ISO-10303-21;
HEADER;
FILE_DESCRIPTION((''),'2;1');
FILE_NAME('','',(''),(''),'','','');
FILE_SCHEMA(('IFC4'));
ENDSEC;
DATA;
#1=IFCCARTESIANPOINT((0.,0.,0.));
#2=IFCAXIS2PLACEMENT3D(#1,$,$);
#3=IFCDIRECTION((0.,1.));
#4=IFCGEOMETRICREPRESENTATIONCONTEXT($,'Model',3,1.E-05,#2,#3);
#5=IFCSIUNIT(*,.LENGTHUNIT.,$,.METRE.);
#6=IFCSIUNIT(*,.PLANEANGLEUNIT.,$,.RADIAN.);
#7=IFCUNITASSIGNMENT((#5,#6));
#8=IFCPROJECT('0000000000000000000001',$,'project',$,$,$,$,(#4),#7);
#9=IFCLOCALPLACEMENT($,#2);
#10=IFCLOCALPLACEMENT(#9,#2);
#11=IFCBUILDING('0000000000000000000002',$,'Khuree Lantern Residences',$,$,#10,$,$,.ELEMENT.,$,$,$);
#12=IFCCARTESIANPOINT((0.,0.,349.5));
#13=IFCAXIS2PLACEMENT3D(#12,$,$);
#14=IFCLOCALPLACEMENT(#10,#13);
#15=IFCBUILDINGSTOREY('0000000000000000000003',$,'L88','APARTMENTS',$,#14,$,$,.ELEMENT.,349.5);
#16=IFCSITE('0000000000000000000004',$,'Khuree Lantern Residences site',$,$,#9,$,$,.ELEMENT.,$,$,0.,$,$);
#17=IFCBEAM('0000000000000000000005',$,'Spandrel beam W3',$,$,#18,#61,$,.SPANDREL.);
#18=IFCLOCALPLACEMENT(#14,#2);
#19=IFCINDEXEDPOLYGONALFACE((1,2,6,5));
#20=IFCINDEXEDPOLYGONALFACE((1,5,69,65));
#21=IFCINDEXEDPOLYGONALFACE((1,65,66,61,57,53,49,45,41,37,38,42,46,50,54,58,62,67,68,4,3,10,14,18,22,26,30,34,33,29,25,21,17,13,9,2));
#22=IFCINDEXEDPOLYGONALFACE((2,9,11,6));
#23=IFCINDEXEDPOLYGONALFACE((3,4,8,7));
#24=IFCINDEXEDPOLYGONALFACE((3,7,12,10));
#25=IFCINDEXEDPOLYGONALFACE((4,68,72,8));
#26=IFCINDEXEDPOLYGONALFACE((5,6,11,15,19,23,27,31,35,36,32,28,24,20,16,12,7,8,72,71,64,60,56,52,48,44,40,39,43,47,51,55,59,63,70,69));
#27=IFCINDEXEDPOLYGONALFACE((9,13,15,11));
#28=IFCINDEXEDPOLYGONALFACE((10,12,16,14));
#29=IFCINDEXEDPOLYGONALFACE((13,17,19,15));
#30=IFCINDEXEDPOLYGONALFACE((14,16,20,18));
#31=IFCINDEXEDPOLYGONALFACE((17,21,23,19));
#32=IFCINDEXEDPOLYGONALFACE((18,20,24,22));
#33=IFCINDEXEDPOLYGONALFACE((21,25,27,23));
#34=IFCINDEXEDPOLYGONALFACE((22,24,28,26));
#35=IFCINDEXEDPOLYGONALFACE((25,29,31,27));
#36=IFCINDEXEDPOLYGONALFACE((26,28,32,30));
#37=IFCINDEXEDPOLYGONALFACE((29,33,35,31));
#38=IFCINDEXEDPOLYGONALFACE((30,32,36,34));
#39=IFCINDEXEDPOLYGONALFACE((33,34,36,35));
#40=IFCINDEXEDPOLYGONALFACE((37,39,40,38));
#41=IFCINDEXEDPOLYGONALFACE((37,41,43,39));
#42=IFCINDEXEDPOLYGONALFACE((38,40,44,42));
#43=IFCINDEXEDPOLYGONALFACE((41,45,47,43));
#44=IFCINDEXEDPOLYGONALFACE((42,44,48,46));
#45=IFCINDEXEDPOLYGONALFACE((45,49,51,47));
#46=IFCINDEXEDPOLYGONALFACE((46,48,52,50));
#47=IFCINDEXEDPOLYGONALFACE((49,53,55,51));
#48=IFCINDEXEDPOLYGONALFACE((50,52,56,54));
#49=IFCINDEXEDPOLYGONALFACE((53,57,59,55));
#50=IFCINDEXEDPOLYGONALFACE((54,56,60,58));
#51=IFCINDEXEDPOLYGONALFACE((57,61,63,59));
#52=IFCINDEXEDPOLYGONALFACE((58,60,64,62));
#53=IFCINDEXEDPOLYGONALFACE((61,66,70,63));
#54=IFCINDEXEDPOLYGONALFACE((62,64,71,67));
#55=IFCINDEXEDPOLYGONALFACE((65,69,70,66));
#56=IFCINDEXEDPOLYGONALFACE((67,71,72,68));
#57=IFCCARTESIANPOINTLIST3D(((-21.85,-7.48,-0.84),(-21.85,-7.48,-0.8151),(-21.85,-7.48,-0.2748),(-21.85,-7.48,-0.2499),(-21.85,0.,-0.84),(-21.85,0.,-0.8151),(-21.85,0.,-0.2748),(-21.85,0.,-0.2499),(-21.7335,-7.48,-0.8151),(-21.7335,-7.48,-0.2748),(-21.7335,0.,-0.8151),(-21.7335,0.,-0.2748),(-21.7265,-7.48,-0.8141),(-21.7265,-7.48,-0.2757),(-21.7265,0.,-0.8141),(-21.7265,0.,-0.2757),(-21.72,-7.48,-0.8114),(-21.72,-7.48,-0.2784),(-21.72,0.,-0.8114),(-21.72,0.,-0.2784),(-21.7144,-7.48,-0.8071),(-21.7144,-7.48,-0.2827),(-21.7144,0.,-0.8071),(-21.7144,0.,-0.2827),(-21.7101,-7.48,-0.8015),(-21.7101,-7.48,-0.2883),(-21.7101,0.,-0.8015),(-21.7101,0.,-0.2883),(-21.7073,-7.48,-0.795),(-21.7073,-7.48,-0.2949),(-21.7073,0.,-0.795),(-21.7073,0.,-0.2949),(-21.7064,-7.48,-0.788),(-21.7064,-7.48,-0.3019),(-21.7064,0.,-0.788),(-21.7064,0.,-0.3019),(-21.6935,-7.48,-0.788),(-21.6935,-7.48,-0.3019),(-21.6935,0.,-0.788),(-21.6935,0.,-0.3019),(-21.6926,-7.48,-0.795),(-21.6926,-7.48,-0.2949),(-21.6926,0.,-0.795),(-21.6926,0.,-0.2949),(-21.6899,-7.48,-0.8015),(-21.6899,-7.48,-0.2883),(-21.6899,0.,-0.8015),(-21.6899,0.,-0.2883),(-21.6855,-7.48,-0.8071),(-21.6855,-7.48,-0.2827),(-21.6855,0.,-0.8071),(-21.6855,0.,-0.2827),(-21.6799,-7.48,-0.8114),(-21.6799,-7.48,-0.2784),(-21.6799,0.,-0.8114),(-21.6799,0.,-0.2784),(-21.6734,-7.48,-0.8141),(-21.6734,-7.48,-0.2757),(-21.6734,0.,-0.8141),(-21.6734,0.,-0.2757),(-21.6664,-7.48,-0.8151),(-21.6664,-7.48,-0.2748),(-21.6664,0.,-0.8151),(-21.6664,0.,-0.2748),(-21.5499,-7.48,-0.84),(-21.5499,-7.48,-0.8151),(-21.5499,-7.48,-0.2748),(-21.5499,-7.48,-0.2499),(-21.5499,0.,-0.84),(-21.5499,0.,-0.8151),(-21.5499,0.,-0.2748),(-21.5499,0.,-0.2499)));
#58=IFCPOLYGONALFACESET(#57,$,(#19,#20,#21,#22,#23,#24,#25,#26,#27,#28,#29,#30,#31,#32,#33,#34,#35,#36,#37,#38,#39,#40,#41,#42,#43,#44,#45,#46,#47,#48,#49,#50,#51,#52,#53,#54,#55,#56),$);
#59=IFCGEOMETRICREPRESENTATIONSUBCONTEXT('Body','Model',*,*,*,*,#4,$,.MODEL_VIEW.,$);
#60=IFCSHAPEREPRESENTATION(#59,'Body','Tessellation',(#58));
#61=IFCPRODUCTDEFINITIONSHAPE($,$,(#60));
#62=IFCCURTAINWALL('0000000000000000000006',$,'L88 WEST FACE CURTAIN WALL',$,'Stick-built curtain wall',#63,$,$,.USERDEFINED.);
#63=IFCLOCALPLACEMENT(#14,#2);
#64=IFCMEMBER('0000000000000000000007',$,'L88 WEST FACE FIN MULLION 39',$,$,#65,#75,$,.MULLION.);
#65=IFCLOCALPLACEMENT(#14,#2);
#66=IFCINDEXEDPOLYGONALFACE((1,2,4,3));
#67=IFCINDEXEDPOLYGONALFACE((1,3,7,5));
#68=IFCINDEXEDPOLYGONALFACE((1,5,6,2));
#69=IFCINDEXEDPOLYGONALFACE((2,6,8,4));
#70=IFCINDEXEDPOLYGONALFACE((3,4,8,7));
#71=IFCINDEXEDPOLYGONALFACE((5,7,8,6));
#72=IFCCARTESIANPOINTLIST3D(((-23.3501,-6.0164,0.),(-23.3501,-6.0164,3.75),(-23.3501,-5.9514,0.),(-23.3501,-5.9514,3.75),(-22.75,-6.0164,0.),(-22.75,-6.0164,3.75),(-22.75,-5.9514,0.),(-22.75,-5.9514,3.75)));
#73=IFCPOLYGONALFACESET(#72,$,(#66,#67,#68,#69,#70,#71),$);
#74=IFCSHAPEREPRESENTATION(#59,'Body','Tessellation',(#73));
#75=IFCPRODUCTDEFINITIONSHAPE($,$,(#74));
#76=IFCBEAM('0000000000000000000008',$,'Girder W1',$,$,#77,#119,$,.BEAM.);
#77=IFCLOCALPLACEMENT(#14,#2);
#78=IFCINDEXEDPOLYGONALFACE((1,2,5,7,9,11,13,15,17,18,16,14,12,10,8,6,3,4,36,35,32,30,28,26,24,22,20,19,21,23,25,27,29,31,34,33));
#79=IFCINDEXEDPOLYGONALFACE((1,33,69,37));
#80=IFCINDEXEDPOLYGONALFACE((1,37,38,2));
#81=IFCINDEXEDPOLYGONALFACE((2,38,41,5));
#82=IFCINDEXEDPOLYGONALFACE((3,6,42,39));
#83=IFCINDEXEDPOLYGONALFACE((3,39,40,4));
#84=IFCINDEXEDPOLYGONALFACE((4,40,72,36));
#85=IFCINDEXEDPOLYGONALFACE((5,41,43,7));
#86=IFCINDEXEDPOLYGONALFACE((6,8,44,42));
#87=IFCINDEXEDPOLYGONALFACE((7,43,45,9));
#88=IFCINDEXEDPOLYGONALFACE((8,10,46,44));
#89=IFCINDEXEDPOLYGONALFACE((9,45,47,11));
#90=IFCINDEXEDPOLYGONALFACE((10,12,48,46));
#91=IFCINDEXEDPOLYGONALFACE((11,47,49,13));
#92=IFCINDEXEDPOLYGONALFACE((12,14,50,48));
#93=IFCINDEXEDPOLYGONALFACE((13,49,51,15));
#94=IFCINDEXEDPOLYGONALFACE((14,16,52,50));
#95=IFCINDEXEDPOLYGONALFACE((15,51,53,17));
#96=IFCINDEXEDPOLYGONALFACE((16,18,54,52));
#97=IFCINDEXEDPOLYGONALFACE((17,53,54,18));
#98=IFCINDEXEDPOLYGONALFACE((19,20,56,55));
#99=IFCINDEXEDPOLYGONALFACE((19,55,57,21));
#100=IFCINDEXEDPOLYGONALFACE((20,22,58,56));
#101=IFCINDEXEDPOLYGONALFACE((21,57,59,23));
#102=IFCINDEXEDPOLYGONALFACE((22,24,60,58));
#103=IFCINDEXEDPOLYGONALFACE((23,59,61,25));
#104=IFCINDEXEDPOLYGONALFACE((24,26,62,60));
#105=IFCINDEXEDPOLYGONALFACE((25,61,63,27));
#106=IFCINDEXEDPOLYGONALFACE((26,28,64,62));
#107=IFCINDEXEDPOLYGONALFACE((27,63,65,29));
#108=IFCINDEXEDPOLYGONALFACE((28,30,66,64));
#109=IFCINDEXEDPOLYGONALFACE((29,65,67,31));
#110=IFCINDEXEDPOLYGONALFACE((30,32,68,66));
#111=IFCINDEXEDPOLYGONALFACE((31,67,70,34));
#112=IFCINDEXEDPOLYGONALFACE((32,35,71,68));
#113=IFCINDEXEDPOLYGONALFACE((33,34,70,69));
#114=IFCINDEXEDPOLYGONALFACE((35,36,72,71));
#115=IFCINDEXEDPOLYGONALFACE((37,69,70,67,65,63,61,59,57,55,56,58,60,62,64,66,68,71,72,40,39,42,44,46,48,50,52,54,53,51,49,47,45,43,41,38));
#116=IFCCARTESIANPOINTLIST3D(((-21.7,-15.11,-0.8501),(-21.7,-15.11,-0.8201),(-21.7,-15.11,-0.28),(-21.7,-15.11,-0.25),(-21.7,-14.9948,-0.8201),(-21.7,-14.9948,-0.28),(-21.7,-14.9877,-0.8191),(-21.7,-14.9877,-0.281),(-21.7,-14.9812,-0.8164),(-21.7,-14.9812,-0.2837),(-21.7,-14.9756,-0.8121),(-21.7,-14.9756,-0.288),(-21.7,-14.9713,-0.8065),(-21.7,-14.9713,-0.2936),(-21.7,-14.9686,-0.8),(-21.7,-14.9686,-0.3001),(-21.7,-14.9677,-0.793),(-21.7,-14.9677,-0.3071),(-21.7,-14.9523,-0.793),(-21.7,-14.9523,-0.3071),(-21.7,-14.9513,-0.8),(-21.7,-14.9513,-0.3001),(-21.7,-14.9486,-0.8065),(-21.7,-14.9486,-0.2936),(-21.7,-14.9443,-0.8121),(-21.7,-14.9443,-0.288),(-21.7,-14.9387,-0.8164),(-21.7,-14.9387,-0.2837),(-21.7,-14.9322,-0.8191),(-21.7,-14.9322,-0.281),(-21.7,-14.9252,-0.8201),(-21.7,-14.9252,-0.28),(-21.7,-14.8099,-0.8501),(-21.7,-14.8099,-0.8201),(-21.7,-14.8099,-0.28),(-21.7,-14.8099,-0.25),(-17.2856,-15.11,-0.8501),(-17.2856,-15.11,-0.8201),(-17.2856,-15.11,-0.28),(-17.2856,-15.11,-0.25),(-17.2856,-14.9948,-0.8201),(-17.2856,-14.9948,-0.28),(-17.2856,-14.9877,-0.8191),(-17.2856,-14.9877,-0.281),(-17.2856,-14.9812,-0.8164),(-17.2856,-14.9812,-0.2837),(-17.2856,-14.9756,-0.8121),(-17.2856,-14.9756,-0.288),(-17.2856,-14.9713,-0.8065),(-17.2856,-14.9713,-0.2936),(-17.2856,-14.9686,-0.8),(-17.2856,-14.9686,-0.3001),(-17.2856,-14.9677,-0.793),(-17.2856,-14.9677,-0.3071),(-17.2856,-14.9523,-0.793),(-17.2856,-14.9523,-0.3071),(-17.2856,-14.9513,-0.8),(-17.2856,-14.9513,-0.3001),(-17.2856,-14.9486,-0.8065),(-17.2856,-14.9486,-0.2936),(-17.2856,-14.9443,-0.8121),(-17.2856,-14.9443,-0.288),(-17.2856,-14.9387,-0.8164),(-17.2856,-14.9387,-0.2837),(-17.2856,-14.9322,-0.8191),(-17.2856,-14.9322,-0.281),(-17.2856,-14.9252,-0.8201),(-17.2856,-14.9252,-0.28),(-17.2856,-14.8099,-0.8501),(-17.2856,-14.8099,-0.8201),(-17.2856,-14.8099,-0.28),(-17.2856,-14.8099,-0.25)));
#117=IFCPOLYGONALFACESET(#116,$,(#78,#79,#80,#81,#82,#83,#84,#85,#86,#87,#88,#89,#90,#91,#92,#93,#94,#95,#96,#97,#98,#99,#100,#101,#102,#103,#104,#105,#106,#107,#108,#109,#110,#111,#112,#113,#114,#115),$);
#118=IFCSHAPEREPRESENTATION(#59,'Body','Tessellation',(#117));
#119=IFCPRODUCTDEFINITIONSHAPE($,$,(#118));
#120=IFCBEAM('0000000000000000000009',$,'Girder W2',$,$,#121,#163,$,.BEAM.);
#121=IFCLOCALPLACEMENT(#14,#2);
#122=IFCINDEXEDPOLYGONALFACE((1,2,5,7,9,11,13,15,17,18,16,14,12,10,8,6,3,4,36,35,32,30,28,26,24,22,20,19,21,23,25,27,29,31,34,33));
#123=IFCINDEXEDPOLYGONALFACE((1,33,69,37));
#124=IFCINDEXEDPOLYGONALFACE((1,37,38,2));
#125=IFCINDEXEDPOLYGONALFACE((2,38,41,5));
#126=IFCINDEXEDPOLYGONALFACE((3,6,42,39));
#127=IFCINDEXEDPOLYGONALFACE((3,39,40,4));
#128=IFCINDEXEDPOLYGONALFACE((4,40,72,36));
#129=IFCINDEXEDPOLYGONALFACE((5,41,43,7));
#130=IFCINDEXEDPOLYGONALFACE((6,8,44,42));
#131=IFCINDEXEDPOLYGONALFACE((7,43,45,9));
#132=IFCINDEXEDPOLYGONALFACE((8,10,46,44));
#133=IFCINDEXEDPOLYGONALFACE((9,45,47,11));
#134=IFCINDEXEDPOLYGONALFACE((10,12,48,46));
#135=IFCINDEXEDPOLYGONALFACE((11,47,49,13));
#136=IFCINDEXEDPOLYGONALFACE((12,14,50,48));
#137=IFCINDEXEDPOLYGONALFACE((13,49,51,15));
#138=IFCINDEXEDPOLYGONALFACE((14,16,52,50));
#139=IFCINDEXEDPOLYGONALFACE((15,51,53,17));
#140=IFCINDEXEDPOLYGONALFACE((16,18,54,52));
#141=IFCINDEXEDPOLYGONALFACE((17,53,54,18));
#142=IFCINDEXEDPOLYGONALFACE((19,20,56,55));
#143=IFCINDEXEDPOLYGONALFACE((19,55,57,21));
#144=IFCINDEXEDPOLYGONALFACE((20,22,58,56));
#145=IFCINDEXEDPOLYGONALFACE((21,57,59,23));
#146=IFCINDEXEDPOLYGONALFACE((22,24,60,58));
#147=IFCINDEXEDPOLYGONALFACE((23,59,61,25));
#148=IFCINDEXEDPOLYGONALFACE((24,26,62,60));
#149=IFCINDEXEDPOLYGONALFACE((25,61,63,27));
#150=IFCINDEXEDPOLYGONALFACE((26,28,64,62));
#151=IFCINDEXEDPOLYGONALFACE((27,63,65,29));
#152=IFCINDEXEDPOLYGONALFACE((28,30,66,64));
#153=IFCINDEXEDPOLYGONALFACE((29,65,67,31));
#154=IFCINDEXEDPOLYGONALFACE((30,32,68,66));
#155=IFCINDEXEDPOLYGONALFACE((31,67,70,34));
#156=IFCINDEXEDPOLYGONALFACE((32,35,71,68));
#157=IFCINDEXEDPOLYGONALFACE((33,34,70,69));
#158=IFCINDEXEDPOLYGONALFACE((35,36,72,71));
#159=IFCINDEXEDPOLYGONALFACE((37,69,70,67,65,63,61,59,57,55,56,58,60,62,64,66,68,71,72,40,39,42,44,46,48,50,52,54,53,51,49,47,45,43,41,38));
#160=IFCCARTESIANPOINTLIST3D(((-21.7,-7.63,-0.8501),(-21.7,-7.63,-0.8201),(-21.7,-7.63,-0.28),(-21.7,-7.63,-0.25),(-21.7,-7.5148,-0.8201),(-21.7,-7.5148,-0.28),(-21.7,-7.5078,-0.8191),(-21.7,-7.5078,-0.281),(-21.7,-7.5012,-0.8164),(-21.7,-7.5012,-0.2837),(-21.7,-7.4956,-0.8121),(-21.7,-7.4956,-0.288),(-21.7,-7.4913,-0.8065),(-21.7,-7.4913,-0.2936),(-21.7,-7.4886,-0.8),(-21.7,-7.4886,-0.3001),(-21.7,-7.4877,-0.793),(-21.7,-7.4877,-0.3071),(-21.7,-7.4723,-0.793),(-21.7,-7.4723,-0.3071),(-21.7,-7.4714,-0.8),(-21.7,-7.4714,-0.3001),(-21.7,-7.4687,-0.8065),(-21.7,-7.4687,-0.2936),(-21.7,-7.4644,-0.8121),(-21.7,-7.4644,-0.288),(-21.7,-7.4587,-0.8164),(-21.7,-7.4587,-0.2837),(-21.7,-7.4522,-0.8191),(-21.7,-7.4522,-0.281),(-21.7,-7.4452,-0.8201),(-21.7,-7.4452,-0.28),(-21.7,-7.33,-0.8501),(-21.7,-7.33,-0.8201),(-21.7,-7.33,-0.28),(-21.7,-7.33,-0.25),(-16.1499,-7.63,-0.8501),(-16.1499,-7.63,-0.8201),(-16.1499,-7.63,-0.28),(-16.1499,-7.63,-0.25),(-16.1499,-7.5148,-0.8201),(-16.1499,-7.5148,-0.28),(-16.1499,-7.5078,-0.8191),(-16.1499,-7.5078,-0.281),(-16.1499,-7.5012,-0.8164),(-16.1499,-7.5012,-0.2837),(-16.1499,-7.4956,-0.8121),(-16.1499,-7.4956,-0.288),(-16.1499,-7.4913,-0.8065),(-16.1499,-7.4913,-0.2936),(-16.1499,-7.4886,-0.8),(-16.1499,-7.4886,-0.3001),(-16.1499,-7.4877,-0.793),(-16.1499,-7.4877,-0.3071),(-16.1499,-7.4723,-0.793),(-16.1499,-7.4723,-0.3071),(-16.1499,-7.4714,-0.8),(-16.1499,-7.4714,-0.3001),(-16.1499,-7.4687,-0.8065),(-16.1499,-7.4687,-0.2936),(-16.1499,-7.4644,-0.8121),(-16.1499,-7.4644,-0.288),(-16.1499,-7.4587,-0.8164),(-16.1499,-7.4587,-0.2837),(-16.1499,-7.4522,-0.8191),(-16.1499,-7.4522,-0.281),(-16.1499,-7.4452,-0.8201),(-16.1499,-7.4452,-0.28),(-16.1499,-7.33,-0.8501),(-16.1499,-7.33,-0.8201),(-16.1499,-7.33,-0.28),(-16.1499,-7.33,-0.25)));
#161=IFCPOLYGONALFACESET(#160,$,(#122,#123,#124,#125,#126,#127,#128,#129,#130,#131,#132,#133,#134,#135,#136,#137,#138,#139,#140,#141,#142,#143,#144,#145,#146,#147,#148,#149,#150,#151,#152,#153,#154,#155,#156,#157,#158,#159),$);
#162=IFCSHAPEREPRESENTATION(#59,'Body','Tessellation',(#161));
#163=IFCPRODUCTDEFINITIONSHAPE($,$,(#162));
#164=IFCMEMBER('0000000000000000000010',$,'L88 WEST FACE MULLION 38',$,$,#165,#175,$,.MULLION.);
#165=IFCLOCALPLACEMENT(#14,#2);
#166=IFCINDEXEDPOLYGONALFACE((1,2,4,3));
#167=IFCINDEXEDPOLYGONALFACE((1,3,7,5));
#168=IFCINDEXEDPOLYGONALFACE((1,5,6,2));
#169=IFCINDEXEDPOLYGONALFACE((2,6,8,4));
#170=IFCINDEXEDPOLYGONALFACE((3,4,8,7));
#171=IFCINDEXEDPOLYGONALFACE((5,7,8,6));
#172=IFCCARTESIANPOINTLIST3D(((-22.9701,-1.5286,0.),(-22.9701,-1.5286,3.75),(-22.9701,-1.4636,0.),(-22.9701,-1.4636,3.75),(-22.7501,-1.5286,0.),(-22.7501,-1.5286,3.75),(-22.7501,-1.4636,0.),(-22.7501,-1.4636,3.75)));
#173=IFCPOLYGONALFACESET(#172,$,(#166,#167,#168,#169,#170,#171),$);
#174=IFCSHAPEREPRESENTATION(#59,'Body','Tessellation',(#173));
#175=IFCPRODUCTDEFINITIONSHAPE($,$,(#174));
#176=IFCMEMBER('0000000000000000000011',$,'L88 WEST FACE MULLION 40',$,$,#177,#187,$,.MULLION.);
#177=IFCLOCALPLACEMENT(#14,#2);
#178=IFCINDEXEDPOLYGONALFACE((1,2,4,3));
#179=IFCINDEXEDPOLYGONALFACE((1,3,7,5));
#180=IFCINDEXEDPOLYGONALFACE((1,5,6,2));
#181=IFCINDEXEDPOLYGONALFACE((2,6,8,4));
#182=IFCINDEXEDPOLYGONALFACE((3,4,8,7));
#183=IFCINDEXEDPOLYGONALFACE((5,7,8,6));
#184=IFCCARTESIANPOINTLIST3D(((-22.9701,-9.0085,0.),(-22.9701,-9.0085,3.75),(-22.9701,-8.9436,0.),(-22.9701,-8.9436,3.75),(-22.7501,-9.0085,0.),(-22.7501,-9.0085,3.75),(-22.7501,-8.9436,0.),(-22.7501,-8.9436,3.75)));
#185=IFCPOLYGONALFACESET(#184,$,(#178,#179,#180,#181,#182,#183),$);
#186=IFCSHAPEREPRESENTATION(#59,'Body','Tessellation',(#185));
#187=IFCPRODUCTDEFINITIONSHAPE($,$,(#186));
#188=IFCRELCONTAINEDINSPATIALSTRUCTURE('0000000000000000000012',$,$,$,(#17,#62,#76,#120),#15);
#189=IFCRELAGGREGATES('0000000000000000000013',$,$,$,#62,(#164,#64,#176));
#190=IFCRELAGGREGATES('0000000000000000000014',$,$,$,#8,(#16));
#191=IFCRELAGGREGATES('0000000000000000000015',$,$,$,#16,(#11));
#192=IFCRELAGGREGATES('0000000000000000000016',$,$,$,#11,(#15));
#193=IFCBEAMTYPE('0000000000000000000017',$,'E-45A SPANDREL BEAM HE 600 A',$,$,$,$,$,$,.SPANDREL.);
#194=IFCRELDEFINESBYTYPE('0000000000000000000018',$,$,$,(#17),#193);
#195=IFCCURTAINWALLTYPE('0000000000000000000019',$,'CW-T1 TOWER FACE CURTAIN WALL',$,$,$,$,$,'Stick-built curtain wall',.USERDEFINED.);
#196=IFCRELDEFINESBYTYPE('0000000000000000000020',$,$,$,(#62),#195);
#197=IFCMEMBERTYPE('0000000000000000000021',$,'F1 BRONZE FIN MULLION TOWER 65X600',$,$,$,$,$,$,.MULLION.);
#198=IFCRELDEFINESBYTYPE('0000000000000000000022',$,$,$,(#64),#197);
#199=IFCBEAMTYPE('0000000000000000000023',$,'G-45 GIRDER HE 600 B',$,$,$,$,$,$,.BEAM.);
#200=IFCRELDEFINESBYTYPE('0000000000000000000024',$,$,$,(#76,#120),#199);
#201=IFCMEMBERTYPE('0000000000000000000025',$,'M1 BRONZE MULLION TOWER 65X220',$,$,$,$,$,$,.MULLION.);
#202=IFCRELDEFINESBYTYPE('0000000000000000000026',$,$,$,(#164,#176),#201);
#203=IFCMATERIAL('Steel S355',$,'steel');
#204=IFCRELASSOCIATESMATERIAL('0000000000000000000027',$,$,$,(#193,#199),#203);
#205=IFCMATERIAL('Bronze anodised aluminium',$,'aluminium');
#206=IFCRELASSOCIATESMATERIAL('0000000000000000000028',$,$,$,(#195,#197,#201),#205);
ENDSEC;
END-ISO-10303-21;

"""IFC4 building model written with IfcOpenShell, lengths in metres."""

from ifc_helpers import new_model, si_unit, direction, frame, origin, origin_2d, place, context, subcontext, project, spatial, rectangle, i_section, extrude, material, material_profile, profile_set, type_object, element, aggregate, save


model = new_model("IFC4")

# Units and contexts
model_context = context("Model", 3, precision=1e-05, world=origin(), true_north=direction((0.0, 1.0)))
body_context = subcontext(model_context, "Body", "Model", "MODEL_VIEW")
ifc_project = project(units=[si_unit("LENGTHUNIT", "METRE"), si_unit("PLANEANGLEUNIT", "RADIAN")], contexts=[model_context])

# Site, building, storey
site_placement = place(None, origin())
site = spatial("IfcSite", under=ifc_project, at=site_placement, Name="Khuree Lantern Residences site", CompositionType="ELEMENT", RefElevation=0.0)
building_placement = place(site_placement, origin())
building = spatial("IfcBuilding", under=site, at=building_placement, Name="Khuree Lantern Residences", CompositionType="ELEMENT")
storey_placement = place(building_placement, frame((0.0, 0.0, 349.5)))
storey = spatial("IfcBuildingStorey", under=building, at=storey_placement, Name="L88", Description="APARTMENTS", CompositionType="ELEMENT", Elevation=349.5)

# Beam
ifc_material_1 = material(Name="Steel S355", Category="steel")
ifc_material_profile_1 = material_profile(ifc_material_1, i_section(OverallWidth=0.3, OverallDepth=0.5901, WebThickness=0.0129, FlangeThickness=0.0249, FilletRadius=0.0271, at=origin_2d()), Name="HE 600 A")
ifc_profile_set_1 = profile_set([ifc_material_profile_1], Name="Steel S355")
beam_type_1 = type_object("IfcBeamType", Name="E-45A SPANDREL BEAM HE 600 A", PredefinedType="SPANDREL", material=ifc_profile_set_1)
for number, where, z_axis, x_axis, name in (
    (1, (-21.7, -7.48, -0.5449), (0.0, 1.0, 0.0), (-1.0, 0.0, 0.0), "Spandrel beam W3"),
):
    element("IfcBeam", number, at=place(storey_placement, frame(where, z_axis=z_axis, x_axis=x_axis)), inside=storey, type_object=beam_type_1, Name=name, PredefinedType="SPANDREL", context=body_context, shape_type="SweptSolid", body=[
        extrude(i_section(OverallWidth=0.3, OverallDepth=0.5901, WebThickness=0.0129, FlangeThickness=0.0249, FilletRadius=0.0271, at=origin_2d()), origin(), (0.0, 0.0, 1.0), 7.48),
    ])

# Curtain wall, member
ifc_material_2 = material(Name="Bronze anodised aluminium", Category="aluminium")
curtain_wall_type = type_object("IfcCurtainWallType", Name="CW-T1 TOWER FACE CURTAIN WALL", ElementType="Stick-built curtain wall", PredefinedType="USERDEFINED", material=ifc_material_2)
curtain_wall_placement = place(storey_placement, origin())
curtain_wall = element("IfcCurtainWall", 2, at=curtain_wall_placement, inside=storey, type_object=curtain_wall_type, Name="L88 WEST FACE CURTAIN WALL", ObjectType="Stick-built curtain wall", PredefinedType="USERDEFINED")
ifc_material_profile_2 = material_profile(ifc_material_2, rectangle(XDim=0.0649, YDim=0.6001, at=origin_2d()), Name="F1 65X600")
ifc_profile_set_2 = profile_set([ifc_material_profile_2], Name="Bronze anodised aluminium")
member_type_1 = type_object("IfcMemberType", Name="F1 BRONZE FIN MULLION TOWER 65X600", PredefinedType="MULLION", material=ifc_profile_set_2)
member_1_placement = place(storey_placement, frame((-23.05, -5.9839, 0.0), z_axis=(0.0, 0.0, 1.0), x_axis=(0.0, -1.0, 0.0)))
member_1 = element("IfcMember", 3, at=member_1_placement, type_object=member_type_1, Name="L88 WEST FACE FIN MULLION 39", PredefinedType="MULLION", context=body_context, shape_type="SweptSolid", body=[
    extrude(rectangle(XDim=0.0649, YDim=0.6001, at=origin_2d()), origin(), (0.0, 0.0, 1.0), 3.75),
])

# Beams
ifc_material_profile_3 = material_profile(ifc_material_1, i_section(OverallWidth=0.3, OverallDepth=0.6001, WebThickness=0.0154, FlangeThickness=0.03, FilletRadius=0.0271, at=origin_2d()), Name="HE 600 B")
ifc_profile_set_3 = profile_set([ifc_material_profile_3], Name="Steel S355")
beam_type_2 = type_object("IfcBeamType", Name="G-45 GIRDER HE 600 B", PredefinedType="BEAM", material=ifc_profile_set_3)
beam_1_placement = place(storey_placement, frame((-21.7, -14.96, -0.55), z_axis=(1.0, 0.0, 0.0), x_axis=(0.0, 1.0, 0.0)))
element("IfcBeam", 4, at=beam_1_placement, inside=storey, type_object=beam_type_2, Name="Girder W1", PredefinedType="BEAM", context=body_context, shape_type="SweptSolid", body=[
    extrude(i_section(OverallWidth=0.3, OverallDepth=0.6001, WebThickness=0.0154, FlangeThickness=0.03, FilletRadius=0.0271, at=origin_2d()), origin(), (0.0, 0.0, 1.0), 4.4143),
])
beam_2_placement = place(storey_placement, frame((-21.7, -7.48, -0.55), z_axis=(1.0, 0.0, 0.0), x_axis=(0.0, 1.0, 0.0)))
element("IfcBeam", 5, at=beam_2_placement, inside=storey, type_object=beam_type_2, Name="Girder W2", PredefinedType="BEAM", context=body_context, shape_type="SweptSolid", body=[
    extrude(i_section(OverallWidth=0.3, OverallDepth=0.6001, WebThickness=0.0154, FlangeThickness=0.03, FilletRadius=0.0271, at=origin_2d()), origin(), (0.0, 0.0, 1.0), 5.55),
])

# Members
ifc_material_profile_4 = material_profile(ifc_material_2, rectangle(XDim=0.0649, YDim=0.22, at=origin_2d()), Name="M1 65X220")
ifc_profile_set_4 = profile_set([ifc_material_profile_4], Name="Bronze anodised aluminium")
member_type_2 = type_object("IfcMemberType", Name="M1 BRONZE MULLION TOWER 65X220", PredefinedType="MULLION", material=ifc_profile_set_4)
member_2_placement = place(storey_placement, frame((-22.8601, -1.4961, 0.0), z_axis=(0.0, 0.0, 1.0), x_axis=(0.0, -1.0, 0.0)))
member_2 = element("IfcMember", 6, at=member_2_placement, type_object=member_type_2, Name="L88 WEST FACE MULLION 38", PredefinedType="MULLION", context=body_context, shape_type="SweptSolid", body=[
    extrude(rectangle(XDim=0.0649, YDim=0.22, at=origin_2d()), origin(), (0.0, 0.0, 1.0), 3.75),
])
member_3_placement = place(storey_placement, frame((-22.8601, -8.9761, 0.0), z_axis=(0.0, 0.0, 1.0), x_axis=(0.0, -1.0, 0.0)))
member_3 = element("IfcMember", 7, at=member_3_placement, type_object=member_type_2, Name="L88 WEST FACE MULLION 40", PredefinedType="MULLION", context=body_context, shape_type="SweptSolid", body=[
    extrude(rectangle(XDim=0.0649, YDim=0.22, at=origin_2d()), origin(), (0.0, 0.0, 1.0), 3.75),
])

aggregate(curtain_wall, [member_2, member_1, member_3])

save(model, "model.ifc")
